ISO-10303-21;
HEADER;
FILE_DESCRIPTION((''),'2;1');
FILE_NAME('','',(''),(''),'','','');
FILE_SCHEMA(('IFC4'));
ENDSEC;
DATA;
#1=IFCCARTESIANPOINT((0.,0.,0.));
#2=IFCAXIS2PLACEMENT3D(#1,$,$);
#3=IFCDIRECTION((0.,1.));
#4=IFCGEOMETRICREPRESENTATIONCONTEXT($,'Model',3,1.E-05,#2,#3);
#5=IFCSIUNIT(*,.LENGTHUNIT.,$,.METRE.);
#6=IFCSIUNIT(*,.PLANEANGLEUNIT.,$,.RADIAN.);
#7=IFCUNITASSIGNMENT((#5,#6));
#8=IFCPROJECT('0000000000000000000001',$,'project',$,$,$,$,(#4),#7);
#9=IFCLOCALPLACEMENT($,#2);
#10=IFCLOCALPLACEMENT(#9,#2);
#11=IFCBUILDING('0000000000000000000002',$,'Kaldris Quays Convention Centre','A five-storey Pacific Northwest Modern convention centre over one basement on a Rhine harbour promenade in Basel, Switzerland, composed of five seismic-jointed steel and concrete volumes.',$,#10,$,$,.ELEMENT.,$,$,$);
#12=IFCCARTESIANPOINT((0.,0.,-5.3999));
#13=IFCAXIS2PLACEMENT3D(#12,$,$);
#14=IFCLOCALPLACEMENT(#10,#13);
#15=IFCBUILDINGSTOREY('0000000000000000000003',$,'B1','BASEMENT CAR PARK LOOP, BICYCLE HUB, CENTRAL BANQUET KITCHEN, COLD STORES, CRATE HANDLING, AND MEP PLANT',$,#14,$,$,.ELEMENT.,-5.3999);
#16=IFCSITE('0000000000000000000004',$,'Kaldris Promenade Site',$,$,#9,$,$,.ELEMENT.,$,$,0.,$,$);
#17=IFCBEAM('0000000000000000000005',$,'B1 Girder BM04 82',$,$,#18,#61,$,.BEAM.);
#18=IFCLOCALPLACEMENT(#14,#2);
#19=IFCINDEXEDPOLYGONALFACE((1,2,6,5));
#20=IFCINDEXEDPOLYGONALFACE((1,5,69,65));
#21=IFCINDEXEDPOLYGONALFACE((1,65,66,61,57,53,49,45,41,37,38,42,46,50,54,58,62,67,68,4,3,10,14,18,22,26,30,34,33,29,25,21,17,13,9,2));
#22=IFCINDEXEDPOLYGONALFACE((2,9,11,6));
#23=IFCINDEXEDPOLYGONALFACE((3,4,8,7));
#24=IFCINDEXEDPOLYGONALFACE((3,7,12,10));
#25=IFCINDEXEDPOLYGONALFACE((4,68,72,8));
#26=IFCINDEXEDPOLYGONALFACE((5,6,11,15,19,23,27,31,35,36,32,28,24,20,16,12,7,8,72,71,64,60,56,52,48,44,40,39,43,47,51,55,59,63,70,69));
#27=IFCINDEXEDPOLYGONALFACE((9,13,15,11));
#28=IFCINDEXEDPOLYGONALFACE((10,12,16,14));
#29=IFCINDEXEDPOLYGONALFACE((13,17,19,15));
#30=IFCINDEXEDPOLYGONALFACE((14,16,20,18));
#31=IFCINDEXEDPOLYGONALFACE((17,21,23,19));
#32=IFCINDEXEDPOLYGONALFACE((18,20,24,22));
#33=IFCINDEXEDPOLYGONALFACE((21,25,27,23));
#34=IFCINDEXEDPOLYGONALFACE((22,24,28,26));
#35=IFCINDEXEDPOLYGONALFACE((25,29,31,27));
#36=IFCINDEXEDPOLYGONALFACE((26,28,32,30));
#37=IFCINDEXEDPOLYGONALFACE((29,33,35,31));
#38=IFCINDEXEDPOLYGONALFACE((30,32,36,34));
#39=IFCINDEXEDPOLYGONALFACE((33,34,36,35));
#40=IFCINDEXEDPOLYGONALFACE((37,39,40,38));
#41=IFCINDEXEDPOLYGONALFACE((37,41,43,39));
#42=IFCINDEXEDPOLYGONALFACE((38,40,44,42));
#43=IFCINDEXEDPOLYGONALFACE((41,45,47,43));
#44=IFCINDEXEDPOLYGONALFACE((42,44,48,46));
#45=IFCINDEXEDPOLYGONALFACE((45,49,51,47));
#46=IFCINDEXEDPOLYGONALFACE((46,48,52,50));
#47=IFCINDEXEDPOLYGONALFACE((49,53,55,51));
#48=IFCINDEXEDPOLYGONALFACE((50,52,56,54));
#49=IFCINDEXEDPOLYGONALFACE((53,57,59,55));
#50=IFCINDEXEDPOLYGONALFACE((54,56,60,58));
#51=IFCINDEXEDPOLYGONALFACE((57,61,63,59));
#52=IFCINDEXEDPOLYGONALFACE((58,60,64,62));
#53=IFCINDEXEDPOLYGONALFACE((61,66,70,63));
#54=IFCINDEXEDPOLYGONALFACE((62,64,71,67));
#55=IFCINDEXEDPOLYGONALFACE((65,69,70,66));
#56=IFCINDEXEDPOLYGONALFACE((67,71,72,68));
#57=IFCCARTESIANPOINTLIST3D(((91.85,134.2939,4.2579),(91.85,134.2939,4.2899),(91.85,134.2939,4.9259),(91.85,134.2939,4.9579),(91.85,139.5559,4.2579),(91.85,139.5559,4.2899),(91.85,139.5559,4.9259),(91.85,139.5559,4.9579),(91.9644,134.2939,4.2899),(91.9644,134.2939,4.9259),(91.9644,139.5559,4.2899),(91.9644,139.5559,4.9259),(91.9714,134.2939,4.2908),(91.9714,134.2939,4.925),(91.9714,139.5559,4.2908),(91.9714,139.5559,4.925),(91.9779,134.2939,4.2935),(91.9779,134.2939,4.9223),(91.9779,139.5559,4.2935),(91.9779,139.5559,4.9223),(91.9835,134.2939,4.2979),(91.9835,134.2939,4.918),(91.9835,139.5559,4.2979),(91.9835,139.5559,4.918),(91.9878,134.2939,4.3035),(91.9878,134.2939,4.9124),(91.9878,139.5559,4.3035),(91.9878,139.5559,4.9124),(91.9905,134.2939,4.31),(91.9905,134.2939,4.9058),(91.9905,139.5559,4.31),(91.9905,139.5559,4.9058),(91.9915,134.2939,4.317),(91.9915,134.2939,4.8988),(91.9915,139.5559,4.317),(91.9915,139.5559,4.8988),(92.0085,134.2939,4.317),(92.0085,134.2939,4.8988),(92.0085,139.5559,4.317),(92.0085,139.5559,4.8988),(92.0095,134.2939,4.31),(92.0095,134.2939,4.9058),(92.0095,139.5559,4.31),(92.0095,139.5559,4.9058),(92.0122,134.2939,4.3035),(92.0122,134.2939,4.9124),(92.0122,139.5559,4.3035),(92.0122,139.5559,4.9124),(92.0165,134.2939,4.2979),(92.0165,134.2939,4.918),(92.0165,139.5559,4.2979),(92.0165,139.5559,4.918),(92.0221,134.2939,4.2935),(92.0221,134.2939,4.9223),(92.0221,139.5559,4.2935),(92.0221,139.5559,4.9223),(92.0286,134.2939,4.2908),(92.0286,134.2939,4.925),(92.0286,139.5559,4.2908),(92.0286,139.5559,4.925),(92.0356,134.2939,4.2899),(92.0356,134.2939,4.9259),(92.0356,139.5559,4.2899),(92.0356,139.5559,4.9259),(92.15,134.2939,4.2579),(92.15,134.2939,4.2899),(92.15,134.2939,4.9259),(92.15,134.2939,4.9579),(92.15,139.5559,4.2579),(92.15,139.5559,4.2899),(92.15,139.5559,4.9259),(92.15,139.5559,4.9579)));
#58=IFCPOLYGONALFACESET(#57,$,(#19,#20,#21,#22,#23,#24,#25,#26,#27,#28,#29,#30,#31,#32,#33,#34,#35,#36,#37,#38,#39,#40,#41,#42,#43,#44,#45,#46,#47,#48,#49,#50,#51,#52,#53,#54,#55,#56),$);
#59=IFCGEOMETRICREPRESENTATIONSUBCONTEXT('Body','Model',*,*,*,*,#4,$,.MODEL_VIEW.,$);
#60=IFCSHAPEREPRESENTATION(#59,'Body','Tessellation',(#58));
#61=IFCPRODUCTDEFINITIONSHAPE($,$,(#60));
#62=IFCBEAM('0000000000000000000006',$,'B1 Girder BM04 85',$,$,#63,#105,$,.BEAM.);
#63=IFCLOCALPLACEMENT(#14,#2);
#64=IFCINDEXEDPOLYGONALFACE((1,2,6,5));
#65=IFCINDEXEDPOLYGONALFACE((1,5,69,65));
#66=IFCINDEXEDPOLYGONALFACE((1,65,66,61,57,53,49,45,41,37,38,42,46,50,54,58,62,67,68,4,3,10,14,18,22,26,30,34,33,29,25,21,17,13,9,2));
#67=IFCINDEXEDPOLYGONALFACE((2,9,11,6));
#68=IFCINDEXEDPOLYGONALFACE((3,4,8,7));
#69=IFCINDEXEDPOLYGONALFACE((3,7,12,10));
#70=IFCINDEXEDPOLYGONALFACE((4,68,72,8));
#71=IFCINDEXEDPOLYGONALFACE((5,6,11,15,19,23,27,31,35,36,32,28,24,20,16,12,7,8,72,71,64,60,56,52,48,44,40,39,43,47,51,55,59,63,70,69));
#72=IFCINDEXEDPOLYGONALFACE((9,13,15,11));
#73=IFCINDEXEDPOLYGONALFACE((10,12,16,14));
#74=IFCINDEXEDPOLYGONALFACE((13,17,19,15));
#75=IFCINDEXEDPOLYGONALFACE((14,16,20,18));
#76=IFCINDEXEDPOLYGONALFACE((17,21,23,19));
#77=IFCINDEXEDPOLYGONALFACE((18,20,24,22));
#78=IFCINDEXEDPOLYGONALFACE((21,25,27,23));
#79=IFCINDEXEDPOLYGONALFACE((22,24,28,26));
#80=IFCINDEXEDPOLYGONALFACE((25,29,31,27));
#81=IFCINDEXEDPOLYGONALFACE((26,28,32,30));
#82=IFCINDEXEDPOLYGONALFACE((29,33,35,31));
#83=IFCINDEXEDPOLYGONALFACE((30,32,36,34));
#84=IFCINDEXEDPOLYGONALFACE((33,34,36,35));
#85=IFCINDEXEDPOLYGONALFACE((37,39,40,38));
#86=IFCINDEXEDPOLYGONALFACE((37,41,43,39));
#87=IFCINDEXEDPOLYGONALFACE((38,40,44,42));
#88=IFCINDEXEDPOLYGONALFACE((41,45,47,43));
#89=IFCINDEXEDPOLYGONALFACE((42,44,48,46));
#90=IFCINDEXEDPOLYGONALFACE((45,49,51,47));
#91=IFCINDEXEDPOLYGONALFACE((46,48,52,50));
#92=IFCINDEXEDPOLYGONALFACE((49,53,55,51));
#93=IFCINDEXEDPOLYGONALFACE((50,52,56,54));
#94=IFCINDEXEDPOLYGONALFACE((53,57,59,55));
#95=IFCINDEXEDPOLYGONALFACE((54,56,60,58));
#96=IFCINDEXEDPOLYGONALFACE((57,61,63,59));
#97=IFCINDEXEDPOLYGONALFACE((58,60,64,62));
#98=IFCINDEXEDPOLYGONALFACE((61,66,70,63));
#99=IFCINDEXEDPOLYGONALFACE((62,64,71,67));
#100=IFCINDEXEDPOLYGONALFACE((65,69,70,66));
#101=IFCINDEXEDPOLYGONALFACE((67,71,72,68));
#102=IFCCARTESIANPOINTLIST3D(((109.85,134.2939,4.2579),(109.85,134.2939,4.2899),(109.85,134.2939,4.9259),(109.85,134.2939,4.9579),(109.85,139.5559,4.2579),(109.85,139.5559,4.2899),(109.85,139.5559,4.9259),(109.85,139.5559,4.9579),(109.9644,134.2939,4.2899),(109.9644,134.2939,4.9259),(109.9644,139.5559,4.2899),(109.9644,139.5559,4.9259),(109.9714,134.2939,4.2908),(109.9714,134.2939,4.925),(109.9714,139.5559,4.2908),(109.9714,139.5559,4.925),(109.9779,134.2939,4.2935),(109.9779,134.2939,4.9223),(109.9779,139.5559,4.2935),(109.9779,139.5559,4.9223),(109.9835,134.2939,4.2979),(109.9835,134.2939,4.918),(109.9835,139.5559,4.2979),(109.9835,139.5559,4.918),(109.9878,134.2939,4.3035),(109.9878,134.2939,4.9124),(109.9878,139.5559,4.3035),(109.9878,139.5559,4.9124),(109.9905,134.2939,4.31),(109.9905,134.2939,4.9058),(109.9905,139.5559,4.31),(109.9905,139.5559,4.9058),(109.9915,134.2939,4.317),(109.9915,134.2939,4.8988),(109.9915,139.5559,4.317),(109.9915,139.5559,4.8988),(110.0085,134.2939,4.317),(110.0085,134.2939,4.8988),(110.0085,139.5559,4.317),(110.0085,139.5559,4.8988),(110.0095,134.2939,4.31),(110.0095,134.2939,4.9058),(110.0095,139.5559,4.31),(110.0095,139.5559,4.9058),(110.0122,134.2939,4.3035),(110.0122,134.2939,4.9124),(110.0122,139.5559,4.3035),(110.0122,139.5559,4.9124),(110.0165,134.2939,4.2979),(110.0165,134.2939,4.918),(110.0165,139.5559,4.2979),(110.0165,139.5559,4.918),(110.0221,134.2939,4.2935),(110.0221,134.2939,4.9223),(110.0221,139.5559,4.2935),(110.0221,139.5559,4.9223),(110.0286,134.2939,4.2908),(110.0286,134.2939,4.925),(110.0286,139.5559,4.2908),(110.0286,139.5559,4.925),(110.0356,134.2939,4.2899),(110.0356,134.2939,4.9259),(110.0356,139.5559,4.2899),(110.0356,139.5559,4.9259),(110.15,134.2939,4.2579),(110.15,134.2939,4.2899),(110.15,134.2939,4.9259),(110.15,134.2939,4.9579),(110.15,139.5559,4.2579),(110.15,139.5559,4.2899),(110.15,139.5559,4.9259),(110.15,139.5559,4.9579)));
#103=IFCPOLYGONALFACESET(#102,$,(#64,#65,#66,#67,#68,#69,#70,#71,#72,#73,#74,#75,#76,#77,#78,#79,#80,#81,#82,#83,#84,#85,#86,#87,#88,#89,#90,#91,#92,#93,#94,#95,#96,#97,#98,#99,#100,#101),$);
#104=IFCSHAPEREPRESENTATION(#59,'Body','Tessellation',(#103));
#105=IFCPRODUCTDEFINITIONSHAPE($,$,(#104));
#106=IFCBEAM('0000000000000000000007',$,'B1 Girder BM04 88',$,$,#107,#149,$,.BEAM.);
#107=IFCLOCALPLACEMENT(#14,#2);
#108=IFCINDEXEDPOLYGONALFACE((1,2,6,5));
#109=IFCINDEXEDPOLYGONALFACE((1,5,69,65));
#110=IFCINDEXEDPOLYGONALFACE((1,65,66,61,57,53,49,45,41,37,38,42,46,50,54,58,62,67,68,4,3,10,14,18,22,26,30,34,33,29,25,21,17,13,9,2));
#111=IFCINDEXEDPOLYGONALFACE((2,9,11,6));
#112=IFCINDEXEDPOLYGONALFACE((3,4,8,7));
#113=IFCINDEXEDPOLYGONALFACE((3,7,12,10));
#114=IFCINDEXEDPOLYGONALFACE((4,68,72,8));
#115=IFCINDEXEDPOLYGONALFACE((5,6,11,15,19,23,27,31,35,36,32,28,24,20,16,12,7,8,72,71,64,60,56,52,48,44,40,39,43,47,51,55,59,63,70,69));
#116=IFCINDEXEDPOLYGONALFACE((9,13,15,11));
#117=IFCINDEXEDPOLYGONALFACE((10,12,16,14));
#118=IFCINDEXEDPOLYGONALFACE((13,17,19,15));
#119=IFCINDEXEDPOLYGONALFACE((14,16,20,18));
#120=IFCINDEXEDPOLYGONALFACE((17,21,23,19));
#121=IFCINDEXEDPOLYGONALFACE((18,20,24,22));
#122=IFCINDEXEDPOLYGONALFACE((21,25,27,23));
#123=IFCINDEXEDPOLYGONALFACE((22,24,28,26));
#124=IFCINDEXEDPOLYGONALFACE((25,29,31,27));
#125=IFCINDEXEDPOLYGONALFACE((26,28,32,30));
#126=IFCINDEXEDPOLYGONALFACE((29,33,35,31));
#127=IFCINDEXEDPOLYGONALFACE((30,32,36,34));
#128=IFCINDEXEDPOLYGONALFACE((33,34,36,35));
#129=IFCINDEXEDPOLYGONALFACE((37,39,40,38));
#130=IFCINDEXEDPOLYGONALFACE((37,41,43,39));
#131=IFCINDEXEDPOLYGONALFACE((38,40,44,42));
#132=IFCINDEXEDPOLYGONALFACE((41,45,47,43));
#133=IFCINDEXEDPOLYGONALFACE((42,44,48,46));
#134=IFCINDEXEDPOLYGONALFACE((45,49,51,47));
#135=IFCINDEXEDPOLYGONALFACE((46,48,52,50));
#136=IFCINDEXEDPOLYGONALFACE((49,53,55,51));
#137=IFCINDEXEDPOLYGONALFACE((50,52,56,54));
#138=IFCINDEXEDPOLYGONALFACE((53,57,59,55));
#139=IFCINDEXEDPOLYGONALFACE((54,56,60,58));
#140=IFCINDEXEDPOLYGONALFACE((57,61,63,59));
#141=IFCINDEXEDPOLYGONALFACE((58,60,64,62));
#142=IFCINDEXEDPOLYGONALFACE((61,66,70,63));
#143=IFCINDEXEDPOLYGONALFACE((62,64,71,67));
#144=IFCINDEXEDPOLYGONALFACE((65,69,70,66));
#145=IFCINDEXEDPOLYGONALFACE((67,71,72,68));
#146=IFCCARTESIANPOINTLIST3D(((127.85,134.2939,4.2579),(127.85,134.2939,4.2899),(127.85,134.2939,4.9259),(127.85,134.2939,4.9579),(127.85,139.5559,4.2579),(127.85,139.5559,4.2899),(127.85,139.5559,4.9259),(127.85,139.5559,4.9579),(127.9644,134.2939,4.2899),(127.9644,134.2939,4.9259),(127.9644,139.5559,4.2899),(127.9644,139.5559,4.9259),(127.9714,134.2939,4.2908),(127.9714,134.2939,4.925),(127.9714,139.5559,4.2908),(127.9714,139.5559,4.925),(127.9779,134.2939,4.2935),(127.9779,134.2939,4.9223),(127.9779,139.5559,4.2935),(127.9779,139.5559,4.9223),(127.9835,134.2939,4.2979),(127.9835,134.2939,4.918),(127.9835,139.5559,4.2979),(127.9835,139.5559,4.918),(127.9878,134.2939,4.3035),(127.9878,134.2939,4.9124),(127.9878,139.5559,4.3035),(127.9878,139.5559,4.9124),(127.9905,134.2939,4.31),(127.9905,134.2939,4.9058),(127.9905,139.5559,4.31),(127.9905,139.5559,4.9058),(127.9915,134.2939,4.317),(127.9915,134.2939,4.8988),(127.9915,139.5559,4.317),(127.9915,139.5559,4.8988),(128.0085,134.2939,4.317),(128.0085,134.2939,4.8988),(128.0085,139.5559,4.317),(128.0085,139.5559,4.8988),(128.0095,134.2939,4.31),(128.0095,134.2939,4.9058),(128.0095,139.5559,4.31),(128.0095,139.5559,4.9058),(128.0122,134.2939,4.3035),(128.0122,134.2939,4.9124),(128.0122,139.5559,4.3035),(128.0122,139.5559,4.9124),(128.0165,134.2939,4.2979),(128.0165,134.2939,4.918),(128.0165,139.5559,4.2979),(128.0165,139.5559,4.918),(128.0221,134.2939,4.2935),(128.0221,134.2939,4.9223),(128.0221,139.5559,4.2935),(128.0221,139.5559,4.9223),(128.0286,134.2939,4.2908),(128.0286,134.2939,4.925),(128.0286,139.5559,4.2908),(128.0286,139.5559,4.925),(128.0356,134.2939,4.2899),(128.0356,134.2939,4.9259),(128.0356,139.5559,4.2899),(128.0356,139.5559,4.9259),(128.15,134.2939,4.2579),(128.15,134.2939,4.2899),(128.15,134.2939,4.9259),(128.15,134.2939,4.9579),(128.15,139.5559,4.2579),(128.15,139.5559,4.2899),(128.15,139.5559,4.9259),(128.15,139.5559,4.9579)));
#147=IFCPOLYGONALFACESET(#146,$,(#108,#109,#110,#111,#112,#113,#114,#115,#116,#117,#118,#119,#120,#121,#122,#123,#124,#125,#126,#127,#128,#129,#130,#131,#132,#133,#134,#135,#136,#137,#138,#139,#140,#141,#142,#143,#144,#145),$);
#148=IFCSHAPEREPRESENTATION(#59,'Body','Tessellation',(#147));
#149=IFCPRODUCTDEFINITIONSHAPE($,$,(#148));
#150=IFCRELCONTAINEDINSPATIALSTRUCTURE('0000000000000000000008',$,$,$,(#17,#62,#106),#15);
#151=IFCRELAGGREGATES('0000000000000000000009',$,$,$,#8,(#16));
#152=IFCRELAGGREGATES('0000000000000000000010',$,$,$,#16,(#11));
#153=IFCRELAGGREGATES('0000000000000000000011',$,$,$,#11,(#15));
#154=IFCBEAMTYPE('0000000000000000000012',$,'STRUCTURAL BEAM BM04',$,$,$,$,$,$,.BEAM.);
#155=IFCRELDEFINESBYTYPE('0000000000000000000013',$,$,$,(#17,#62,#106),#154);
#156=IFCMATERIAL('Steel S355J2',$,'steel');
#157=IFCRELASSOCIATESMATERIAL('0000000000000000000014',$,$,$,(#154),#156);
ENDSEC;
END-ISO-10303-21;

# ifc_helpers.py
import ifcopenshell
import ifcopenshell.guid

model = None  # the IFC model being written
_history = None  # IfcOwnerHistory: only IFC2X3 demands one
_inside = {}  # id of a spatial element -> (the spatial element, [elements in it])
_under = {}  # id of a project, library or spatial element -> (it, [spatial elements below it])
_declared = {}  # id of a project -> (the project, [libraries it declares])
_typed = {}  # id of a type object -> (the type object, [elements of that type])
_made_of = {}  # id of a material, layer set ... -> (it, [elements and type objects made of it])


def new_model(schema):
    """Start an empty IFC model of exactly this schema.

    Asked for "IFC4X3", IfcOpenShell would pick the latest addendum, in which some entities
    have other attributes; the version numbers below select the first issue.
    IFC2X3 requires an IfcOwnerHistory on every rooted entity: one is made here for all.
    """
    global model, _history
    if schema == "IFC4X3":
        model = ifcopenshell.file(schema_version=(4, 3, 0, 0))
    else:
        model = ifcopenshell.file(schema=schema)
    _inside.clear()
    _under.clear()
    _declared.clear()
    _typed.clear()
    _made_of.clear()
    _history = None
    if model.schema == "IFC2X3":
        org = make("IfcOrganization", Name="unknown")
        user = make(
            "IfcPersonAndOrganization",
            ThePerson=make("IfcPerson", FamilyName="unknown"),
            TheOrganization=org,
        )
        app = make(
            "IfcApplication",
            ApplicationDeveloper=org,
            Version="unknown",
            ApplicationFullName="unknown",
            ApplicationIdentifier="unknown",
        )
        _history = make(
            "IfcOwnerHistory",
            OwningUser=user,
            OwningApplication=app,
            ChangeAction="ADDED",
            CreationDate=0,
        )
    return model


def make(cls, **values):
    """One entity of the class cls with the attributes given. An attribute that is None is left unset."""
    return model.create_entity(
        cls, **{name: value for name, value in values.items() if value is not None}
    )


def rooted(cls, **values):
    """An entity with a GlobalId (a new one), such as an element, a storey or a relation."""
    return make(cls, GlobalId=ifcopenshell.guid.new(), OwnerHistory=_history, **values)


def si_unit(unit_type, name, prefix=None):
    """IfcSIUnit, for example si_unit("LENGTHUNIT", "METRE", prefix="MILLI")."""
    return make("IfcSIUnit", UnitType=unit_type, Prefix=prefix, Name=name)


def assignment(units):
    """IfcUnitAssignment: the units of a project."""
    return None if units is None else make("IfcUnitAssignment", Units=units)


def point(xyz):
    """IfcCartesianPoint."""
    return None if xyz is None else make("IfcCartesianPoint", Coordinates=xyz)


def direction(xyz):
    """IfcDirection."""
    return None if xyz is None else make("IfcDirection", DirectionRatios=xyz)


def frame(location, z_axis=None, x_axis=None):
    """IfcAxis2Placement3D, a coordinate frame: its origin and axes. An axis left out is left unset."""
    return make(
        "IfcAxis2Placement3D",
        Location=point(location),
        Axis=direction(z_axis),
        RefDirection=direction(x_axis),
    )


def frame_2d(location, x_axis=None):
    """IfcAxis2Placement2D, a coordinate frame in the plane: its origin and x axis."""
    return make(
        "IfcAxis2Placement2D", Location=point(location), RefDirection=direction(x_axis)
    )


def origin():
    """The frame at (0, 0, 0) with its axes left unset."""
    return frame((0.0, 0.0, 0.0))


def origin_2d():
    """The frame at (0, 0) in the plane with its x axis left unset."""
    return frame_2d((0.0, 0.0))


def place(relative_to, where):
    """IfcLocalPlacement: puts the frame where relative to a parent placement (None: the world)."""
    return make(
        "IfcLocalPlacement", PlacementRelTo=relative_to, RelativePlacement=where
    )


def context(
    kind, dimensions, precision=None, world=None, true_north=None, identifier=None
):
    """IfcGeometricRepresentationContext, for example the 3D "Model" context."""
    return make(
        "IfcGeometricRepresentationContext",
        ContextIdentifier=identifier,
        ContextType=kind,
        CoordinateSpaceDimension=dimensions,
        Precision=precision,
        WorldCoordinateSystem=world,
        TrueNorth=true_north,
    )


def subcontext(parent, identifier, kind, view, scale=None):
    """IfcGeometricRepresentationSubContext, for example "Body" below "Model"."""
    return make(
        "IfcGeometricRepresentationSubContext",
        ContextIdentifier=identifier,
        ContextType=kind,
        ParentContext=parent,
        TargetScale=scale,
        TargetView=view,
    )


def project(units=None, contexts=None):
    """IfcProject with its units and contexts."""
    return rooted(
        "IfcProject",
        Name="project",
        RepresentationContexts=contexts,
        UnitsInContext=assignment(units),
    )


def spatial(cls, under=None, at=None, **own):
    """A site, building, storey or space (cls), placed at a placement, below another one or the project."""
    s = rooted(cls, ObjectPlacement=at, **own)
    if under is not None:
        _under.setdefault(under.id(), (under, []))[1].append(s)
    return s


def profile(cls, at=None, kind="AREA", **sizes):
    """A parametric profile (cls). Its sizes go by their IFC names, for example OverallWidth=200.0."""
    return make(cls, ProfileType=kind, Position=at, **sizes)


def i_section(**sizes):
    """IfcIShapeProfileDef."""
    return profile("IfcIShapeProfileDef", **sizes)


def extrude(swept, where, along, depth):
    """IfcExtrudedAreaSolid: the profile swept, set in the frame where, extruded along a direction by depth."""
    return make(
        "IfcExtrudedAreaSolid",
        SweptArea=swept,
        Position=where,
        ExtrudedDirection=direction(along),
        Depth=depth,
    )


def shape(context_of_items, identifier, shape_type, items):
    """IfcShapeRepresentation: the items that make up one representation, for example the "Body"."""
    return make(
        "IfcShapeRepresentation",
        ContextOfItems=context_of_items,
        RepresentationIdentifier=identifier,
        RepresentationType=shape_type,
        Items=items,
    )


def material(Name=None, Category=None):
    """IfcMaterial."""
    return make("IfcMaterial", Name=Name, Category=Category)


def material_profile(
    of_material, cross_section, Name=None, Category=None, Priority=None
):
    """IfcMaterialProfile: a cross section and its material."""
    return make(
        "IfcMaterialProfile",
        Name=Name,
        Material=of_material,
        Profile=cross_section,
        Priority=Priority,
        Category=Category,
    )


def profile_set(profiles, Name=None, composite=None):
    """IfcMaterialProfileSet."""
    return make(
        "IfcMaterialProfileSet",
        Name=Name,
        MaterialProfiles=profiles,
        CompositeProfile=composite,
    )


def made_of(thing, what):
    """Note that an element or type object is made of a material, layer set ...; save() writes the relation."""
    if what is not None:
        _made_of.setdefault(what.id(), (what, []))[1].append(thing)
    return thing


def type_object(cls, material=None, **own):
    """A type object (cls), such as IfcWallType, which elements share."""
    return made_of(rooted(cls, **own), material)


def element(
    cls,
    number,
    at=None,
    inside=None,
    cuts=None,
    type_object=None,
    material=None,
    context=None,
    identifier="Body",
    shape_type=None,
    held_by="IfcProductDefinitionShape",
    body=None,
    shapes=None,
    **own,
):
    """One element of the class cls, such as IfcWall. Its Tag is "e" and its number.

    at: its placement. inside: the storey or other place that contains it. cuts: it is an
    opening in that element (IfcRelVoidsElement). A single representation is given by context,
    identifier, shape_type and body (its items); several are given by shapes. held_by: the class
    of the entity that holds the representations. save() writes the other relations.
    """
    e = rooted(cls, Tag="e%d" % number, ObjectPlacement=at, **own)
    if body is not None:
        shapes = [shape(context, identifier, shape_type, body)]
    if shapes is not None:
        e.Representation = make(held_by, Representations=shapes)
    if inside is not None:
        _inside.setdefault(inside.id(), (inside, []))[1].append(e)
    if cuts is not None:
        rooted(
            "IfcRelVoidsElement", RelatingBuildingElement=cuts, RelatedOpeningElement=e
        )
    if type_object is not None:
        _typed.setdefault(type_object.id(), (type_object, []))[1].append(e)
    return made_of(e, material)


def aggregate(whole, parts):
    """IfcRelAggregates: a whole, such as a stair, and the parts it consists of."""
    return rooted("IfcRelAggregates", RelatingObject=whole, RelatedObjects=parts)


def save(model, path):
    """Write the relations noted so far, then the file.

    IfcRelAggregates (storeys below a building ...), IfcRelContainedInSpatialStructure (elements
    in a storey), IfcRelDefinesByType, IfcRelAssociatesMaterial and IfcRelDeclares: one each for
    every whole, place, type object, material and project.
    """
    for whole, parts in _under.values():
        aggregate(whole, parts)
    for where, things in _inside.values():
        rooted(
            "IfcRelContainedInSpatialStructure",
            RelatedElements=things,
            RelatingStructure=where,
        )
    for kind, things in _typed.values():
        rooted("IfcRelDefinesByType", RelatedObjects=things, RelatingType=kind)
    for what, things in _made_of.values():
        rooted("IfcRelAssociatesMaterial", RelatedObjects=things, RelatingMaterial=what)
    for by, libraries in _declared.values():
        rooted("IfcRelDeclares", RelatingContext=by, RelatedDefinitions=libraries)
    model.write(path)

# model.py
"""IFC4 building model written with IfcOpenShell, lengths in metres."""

from ifc_helpers import new_model, si_unit, direction, frame, origin, origin_2d, place, context, subcontext, project, spatial, i_section, extrude, material, material_profile, profile_set, type_object, element, save


model = new_model("IFC4")

# Units and contexts
model_context = context("Model", 3, precision=1e-05, world=origin(), true_north=direction((0.0, 1.0)))
body_context = subcontext(model_context, "Body", "Model", "MODEL_VIEW")
ifc_project = project(units=[si_unit("LENGTHUNIT", "METRE"), si_unit("PLANEANGLEUNIT", "RADIAN")], contexts=[model_context])

# Site, building, storey
site_placement = place(None, origin())
site = spatial("IfcSite", under=ifc_project, at=site_placement, Name="Kaldris Promenade Site", CompositionType="ELEMENT", RefElevation=0.0)
building_placement = place(site_placement, origin())
building = spatial("IfcBuilding", under=site, at=building_placement, Name="Kaldris Quays Convention Centre", Description="A five-storey Pacific Northwest Modern convention centre over one basement on a Rhine harbour promenade in Basel, Switzerland, composed of five seismic-jointed steel and concrete volumes.", CompositionType="ELEMENT")
storey_placement = place(building_placement, frame((0.0, 0.0, -5.3999)))
storey = spatial("IfcBuildingStorey", under=building, at=storey_placement, Name="B1", Description="BASEMENT CAR PARK LOOP, BICYCLE HUB, CENTRAL BANQUET KITCHEN, COLD STORES, CRATE HANDLING, AND MEP PLANT", CompositionType="ELEMENT", Elevation=-5.3999)

# Shared definitions
ifc_material_1 = material(Name="Steel S355J2", Category="steel")

# Beams
ifc_material_profile_1 = material_profile(ifc_material_1, i_section(OverallWidth=0.3, OverallDepth=0.7, WebThickness=0.0171, FlangeThickness=0.032, FilletRadius=0.0271, at=origin_2d()), Name="HEB 700")
ifc_profile_set_1 = profile_set([ifc_material_profile_1], Name="Steel S355J2")
beam_type_1 = type_object("IfcBeamType", Name="STRUCTURAL BEAM BM04", PredefinedType="BEAM", material=ifc_profile_set_1)
for number, where, z_axis, x_axis, name in (
    (1, (92.0, 134.2939, 4.6079), (0.0, 1.0, 0.0), (-1.0, 0.0, 0.0), "B1 Girder BM04 82"),
    (2, (110.0, 134.2939, 4.6079), (0.0, 1.0, 0.0), (-1.0, 0.0, 0.0), "B1 Girder BM04 85"),
    (3, (128.0, 134.2939, 4.6079), (0.0, 1.0, 0.0), (-1.0, 0.0, 0.0), "B1 Girder BM04 88"),
):
    element("IfcBeam", number, at=place(storey_placement, frame(where, z_axis=z_axis, x_axis=x_axis)), inside=storey, type_object=beam_type_1, Name=name, PredefinedType="BEAM", context=body_context, shape_type="SweptSolid", body=[
        extrude(i_section(OverallWidth=0.3, OverallDepth=0.7, WebThickness=0.0171, FlangeThickness=0.032, FilletRadius=0.0271, at=origin_2d()), origin(), (0.0, 0.0, 1.0), 5.262),
    ])

save(model, "model.ifc")
